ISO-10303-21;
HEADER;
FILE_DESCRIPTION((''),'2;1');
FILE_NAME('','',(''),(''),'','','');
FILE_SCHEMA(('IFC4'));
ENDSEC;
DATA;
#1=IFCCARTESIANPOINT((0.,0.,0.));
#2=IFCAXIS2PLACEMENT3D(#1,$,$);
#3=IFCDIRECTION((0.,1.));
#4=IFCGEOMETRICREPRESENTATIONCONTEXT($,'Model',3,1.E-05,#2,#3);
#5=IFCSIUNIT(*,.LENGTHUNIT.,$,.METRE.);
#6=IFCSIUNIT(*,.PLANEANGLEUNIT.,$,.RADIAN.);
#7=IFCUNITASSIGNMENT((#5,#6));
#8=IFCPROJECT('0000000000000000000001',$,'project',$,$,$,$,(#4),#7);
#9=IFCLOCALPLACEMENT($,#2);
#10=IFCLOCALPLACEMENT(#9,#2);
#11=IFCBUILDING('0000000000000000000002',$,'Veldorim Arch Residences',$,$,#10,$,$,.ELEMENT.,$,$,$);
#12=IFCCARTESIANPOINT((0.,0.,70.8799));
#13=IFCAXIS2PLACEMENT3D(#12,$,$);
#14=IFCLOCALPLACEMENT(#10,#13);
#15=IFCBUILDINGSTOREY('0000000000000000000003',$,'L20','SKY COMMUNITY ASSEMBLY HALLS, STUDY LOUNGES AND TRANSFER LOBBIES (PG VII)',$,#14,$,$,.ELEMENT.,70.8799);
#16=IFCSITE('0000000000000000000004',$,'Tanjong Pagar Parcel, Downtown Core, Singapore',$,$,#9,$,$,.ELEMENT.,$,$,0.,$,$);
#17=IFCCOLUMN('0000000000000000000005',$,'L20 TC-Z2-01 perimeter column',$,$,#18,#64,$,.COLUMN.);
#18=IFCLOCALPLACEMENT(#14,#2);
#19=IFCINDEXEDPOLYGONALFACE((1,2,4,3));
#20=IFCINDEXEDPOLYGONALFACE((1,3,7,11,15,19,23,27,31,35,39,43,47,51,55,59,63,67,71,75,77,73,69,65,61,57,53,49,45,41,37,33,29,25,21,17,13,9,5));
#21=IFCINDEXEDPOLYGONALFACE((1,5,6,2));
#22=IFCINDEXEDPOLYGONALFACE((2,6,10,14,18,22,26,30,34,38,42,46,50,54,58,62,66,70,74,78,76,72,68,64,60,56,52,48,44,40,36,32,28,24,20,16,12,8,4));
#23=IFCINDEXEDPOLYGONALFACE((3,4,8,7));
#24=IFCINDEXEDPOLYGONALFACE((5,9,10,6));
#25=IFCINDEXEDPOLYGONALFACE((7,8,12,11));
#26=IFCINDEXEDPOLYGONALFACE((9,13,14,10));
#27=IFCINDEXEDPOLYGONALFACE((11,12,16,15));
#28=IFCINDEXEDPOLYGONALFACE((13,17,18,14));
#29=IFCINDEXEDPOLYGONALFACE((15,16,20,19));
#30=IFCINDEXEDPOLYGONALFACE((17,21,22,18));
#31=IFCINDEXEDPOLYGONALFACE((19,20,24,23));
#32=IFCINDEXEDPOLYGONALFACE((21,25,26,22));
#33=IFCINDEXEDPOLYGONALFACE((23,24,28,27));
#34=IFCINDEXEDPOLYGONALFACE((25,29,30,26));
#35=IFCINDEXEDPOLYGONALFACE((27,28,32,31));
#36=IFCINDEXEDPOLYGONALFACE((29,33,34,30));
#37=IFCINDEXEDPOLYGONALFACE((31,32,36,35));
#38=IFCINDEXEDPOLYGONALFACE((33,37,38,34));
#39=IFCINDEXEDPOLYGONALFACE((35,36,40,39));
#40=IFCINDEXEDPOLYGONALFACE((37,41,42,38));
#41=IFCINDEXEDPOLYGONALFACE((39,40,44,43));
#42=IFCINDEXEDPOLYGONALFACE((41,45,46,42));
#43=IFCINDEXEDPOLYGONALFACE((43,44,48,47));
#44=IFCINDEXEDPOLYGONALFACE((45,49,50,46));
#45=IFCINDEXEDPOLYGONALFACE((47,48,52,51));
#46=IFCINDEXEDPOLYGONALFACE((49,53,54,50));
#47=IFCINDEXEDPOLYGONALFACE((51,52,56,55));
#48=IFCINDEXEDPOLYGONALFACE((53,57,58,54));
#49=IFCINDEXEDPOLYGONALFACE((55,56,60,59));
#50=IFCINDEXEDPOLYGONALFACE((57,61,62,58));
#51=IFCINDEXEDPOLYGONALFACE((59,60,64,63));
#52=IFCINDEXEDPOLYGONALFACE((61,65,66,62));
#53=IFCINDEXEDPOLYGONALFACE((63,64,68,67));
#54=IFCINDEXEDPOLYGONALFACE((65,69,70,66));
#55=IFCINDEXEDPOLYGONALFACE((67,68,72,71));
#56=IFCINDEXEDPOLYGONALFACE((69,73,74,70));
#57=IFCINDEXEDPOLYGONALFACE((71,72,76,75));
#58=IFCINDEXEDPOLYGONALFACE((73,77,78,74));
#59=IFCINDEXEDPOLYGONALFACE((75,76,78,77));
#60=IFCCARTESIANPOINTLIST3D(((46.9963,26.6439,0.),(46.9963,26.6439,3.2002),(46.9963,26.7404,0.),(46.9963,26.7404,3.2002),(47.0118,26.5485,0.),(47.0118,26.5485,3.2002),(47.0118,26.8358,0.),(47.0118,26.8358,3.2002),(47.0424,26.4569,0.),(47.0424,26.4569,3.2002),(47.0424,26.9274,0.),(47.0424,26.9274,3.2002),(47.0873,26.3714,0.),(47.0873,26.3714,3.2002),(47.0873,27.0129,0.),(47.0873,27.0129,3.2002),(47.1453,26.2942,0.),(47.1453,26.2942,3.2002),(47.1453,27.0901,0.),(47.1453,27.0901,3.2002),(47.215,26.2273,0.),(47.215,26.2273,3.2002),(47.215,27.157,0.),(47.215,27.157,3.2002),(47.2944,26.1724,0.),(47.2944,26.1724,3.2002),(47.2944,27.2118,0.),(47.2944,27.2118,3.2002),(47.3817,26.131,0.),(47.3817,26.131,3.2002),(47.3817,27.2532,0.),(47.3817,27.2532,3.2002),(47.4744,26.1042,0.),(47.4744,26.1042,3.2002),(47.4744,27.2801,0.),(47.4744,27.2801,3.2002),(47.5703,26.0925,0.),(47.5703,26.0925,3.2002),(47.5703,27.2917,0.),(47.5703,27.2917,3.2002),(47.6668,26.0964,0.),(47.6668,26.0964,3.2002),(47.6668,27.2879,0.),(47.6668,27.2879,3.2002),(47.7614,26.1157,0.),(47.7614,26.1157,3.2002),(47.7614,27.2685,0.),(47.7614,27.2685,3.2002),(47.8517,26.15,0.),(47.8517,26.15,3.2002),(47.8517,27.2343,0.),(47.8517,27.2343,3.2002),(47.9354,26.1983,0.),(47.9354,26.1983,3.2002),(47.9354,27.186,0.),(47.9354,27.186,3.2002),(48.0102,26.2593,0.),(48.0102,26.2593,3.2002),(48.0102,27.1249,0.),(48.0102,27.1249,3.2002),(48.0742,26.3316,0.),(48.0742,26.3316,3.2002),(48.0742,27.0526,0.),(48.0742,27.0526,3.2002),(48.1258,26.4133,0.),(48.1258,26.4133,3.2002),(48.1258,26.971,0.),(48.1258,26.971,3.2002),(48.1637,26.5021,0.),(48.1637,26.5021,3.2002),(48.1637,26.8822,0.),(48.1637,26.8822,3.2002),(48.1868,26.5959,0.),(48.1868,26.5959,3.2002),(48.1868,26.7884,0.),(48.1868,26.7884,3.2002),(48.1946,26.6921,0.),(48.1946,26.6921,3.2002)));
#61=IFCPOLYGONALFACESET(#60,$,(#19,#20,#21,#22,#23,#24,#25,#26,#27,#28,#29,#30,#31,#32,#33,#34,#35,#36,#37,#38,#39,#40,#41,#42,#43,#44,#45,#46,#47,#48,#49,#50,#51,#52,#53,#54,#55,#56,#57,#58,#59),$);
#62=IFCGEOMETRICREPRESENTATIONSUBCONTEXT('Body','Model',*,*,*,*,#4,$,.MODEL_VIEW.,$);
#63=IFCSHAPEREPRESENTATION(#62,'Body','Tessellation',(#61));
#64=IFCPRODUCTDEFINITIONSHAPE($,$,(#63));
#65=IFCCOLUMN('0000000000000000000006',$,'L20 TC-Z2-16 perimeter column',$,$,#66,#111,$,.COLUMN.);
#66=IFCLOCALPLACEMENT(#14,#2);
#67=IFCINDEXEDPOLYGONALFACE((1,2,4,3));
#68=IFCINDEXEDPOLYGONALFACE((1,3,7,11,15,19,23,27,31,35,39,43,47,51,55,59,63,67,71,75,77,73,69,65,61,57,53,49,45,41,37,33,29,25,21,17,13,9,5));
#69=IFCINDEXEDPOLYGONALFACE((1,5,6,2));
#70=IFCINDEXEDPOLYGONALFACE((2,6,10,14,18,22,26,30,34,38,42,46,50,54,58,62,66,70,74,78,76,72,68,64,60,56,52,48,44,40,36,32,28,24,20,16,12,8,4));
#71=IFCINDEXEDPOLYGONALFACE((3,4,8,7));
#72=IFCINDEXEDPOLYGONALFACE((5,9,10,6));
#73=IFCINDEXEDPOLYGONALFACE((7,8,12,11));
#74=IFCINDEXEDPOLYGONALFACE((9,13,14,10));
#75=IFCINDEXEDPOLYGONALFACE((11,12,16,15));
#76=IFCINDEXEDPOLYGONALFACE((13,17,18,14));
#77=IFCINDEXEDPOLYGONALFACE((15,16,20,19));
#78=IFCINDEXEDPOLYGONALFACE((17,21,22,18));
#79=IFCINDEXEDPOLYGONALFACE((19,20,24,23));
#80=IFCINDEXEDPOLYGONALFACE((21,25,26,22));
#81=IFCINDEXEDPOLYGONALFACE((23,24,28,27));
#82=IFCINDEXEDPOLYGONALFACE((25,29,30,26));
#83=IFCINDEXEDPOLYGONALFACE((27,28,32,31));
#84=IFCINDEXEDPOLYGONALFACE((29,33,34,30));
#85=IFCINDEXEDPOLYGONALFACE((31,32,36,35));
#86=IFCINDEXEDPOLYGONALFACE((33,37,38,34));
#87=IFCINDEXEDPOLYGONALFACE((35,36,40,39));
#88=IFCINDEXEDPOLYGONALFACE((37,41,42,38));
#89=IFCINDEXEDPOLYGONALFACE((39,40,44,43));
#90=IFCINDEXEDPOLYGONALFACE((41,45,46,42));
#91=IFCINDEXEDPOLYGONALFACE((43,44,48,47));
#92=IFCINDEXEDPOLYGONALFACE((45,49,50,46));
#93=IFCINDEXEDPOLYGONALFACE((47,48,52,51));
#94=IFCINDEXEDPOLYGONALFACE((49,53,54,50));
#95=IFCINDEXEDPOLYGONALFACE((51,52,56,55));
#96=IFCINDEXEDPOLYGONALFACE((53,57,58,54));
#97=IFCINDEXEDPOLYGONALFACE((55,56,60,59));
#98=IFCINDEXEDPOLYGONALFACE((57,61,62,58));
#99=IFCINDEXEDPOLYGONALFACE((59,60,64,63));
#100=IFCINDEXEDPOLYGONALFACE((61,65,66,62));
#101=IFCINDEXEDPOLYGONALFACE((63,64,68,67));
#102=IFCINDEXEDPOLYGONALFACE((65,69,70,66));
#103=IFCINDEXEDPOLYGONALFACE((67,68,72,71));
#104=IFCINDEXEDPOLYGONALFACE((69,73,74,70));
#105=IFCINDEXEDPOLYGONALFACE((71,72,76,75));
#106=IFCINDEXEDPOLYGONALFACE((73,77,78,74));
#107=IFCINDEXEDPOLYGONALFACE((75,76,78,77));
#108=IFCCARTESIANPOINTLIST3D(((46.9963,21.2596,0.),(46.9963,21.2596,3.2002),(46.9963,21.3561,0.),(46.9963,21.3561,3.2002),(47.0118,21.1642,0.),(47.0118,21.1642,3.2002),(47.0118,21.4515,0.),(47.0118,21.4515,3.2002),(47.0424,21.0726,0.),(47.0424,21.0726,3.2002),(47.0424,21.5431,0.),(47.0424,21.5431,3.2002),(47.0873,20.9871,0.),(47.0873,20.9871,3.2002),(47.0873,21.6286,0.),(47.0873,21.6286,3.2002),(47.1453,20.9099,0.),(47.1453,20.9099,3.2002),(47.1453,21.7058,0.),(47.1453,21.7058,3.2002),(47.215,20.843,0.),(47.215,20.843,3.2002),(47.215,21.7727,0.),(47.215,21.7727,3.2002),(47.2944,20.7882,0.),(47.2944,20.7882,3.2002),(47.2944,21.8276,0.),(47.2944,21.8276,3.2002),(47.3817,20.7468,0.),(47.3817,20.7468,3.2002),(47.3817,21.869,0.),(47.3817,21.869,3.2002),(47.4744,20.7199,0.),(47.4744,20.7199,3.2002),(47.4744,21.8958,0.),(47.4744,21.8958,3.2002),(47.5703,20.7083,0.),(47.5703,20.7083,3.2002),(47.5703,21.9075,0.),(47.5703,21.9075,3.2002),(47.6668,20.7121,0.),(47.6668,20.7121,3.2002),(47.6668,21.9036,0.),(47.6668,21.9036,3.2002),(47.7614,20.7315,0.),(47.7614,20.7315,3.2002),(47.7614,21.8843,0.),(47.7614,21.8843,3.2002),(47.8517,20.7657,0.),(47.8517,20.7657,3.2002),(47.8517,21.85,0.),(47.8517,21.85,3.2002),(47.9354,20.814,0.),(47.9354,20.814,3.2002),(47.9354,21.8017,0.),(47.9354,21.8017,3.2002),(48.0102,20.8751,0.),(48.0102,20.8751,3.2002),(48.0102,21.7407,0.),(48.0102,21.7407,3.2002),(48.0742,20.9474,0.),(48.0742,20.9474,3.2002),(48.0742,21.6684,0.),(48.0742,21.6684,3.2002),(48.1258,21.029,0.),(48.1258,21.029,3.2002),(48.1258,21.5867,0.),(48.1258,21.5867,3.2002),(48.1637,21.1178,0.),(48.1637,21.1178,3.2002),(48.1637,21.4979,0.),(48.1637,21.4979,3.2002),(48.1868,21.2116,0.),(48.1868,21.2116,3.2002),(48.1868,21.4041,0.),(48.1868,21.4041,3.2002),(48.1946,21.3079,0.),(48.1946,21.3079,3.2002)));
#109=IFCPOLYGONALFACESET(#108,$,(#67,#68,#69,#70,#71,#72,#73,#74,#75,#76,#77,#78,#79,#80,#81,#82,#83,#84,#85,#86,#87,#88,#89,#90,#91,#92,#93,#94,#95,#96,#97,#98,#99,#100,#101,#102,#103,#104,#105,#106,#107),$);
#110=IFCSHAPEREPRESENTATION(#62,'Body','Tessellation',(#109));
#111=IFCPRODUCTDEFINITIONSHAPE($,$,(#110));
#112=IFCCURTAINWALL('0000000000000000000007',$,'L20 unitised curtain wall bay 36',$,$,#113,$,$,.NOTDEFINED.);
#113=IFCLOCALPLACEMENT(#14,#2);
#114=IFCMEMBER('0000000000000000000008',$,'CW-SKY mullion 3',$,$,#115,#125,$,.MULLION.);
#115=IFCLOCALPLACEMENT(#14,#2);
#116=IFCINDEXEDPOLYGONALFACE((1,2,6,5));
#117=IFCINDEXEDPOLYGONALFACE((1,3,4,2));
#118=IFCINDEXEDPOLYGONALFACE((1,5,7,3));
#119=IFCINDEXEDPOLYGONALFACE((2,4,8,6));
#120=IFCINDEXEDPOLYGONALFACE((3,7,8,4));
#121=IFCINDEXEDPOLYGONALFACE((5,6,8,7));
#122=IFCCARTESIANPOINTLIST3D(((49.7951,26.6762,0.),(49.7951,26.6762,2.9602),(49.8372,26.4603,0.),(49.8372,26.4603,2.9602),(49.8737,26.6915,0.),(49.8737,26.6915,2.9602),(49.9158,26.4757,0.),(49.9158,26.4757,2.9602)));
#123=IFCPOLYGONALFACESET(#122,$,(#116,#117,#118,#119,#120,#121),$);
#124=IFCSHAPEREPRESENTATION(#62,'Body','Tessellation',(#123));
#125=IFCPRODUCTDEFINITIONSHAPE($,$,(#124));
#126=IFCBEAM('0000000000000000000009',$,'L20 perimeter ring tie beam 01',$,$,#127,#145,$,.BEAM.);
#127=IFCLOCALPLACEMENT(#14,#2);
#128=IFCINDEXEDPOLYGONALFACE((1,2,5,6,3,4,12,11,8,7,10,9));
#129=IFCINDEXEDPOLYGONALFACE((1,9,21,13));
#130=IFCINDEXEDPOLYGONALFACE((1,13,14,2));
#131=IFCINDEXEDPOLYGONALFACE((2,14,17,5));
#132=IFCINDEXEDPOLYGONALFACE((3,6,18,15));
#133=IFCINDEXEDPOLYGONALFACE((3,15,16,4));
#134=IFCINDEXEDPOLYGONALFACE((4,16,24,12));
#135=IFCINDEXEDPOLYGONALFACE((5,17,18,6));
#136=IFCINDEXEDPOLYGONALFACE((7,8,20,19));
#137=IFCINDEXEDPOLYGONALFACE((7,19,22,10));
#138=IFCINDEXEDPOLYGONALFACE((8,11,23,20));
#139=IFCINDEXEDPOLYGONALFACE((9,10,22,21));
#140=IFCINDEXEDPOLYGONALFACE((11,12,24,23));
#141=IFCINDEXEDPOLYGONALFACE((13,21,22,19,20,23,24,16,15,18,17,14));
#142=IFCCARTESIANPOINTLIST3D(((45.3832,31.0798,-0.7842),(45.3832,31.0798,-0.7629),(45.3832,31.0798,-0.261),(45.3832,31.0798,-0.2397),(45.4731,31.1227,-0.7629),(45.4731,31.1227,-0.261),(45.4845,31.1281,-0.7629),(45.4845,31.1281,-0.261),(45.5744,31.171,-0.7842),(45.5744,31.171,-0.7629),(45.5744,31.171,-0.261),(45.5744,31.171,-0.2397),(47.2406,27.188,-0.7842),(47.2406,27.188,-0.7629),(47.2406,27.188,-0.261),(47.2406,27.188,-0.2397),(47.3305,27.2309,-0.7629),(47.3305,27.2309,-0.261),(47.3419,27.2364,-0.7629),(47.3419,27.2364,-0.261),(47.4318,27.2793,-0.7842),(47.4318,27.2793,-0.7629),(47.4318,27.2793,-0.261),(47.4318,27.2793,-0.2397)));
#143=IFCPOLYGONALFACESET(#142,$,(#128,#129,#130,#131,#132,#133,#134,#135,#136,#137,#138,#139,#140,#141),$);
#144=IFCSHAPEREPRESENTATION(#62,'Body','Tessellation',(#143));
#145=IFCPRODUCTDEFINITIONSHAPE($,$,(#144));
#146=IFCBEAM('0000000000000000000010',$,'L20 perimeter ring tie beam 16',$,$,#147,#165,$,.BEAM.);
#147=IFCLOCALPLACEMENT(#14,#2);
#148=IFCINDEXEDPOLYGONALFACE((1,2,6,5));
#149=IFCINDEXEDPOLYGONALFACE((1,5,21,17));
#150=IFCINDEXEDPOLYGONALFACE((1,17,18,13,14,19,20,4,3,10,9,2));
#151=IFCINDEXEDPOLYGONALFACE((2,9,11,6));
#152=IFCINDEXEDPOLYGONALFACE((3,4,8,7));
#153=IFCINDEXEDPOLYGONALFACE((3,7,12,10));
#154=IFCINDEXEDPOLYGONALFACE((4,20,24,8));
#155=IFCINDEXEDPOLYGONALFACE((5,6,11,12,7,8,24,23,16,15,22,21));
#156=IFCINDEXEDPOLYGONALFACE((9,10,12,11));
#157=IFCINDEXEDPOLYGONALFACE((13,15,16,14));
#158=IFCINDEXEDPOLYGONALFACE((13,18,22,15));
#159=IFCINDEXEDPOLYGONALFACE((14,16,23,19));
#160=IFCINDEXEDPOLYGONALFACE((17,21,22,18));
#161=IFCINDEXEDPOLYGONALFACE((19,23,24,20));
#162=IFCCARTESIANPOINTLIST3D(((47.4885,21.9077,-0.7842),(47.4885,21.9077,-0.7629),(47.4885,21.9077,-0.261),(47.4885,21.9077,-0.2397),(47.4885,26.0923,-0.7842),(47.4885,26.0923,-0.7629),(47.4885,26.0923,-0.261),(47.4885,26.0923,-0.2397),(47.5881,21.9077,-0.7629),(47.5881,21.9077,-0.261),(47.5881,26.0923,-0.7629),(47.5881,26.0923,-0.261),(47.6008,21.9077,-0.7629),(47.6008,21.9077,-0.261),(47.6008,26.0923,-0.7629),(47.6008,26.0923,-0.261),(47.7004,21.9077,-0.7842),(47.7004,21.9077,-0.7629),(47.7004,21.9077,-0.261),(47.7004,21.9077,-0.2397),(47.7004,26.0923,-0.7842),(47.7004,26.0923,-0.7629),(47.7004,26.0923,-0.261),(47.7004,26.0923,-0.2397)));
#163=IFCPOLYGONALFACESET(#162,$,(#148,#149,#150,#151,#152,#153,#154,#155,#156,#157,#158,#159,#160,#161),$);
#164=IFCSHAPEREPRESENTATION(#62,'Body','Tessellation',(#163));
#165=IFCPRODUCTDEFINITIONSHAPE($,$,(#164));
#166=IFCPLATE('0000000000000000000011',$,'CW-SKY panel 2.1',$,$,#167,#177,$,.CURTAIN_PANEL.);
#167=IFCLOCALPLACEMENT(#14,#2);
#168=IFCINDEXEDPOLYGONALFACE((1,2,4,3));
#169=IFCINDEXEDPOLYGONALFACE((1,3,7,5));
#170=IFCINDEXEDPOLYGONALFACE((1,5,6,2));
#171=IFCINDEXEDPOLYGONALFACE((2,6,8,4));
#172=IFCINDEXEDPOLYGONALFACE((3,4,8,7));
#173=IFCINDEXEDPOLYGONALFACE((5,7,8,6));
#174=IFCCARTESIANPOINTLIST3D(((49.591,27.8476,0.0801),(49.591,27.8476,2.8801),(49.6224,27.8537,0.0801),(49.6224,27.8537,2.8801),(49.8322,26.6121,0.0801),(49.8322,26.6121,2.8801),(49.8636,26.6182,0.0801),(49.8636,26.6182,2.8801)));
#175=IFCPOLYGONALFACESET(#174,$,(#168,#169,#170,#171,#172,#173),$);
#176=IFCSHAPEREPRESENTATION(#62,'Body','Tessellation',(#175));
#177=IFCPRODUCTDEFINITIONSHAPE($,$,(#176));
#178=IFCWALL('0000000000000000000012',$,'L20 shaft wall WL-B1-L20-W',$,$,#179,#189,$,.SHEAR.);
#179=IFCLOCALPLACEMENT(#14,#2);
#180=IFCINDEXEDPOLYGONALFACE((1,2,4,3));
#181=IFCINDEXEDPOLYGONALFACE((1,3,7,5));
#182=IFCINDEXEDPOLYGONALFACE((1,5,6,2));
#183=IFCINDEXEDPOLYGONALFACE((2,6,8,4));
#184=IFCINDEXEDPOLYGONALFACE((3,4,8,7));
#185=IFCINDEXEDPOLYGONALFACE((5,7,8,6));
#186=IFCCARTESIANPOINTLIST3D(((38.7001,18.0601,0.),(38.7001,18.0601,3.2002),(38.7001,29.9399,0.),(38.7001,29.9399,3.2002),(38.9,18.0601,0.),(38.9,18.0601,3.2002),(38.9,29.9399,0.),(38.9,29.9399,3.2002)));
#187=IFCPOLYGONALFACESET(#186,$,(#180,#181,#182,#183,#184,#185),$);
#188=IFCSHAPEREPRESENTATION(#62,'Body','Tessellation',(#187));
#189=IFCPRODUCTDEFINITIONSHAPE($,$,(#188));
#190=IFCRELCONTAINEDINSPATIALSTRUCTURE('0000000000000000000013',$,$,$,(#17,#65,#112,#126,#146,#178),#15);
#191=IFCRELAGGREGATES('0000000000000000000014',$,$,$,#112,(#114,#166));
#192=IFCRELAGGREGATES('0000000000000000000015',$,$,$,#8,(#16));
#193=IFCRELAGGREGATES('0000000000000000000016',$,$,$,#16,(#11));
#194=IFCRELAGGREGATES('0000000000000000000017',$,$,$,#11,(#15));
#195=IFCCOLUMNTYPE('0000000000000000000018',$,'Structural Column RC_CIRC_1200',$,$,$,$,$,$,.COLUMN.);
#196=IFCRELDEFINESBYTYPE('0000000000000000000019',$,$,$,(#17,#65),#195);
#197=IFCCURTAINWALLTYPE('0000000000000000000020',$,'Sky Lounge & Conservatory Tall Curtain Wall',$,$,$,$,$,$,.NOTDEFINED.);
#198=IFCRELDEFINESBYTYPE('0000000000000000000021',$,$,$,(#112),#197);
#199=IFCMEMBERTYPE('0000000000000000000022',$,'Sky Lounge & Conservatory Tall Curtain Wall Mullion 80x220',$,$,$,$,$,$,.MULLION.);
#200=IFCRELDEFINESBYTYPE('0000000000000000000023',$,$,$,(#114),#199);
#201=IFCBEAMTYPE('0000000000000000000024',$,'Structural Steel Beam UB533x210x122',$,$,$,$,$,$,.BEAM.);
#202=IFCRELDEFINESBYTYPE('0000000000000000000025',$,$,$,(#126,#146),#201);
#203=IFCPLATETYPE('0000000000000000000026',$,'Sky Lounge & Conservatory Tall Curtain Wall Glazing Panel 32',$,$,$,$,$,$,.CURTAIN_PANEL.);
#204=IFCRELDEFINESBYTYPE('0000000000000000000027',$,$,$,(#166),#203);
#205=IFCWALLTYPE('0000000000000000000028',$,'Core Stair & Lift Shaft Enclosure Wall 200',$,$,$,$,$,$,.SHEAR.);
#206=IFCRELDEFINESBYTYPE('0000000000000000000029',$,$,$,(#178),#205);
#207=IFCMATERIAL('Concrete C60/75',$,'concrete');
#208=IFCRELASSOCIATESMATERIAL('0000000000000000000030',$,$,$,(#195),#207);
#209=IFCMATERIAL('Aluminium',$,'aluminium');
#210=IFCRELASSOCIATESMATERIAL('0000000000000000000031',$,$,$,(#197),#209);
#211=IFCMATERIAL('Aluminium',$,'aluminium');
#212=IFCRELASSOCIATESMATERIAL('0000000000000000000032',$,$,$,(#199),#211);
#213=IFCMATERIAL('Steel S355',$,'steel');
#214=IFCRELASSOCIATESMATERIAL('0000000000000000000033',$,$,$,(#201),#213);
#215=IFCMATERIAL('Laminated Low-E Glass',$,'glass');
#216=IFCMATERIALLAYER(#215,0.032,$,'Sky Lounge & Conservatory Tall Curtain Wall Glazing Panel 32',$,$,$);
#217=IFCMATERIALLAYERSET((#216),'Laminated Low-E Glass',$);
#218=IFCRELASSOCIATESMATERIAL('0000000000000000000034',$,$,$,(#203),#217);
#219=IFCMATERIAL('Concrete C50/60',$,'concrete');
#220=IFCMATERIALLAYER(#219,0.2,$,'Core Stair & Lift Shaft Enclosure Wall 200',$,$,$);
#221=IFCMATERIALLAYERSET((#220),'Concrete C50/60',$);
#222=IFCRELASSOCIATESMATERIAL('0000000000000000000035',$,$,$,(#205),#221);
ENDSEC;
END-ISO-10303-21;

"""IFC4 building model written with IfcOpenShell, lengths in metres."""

from ifc_helpers import new_model, si_unit, direction, frame, frame_2d, origin, origin_2d, place, context, subcontext, project, spatial, rectangle, circle, i_section, extrude, material, layer, layer_set, material_profile, profile_set, type_object, element, aggregate, save


model = new_model("IFC4")

# Units and contexts
model_context = context("Model", 3, precision=1e-05, world=origin(), true_north=direction((0.0, 1.0)))
body_context = subcontext(model_context, "Body", "Model", "MODEL_VIEW")
ifc_project = project(units=[si_unit("LENGTHUNIT", "METRE"), si_unit("PLANEANGLEUNIT", "RADIAN")], contexts=[model_context])

# Site, building, storey
site_placement = place(None, origin())
site = spatial("IfcSite", under=ifc_project, at=site_placement, Name="Tanjong Pagar Parcel, Downtown Core, Singapore", CompositionType="ELEMENT", RefElevation=0.0)
building_placement = place(site_placement, origin())
building = spatial("IfcBuilding", under=site, at=building_placement, Name="Veldorim Arch Residences", CompositionType="ELEMENT")
storey_placement = place(building_placement, frame((0.0, 0.0, 70.8799)))
storey = spatial("IfcBuildingStorey", under=building, at=storey_placement, Name="L20", Description="SKY COMMUNITY ASSEMBLY HALLS, STUDY LOUNGES AND TRANSFER LOBBIES (PG VII)", CompositionType="ELEMENT", Elevation=70.8799)

# Columns
ifc_material_1 = material(Name="Concrete C60/75", Category="concrete")
ifc_material_profile_1 = material_profile(ifc_material_1, circle(Radius=0.6001, at=origin_2d()), Name="RC_CIRC_1200")
ifc_profile_set_1 = profile_set([ifc_material_profile_1], Name="Concrete C60/75")
column_type = type_object("IfcColumnType", Name="Structural Column RC_CIRC_1200", PredefinedType="COLUMN", material=ifc_profile_set_1)
for number, where, z_axis, x_axis, name in (
    (1, (47.5945, 26.6921, 0.0), (0.0, 0.0, 1.0), (1.0, 0.0, 0.0), "L20 TC-Z2-01 perimeter column"),
    (2, (47.5945, 21.3079, 0.0), (0.0, 0.0, 1.0), (1.0, 0.0, 0.0), "L20 TC-Z2-16 perimeter column"),
):
    element("IfcColumn", number, at=place(storey_placement, frame(where, z_axis=z_axis, x_axis=x_axis)), inside=storey, type_object=column_type, Name=name, PredefinedType="COLUMN", context=body_context, shape_type="SweptSolid", body=[
        extrude(circle(Radius=0.6001, at=origin_2d()), origin(), (0.0, 0.0, 1.0), 3.2002),
    ])

# Curtain wall, member
ifc_material_2 = material(Name="Aluminium", Category="aluminium")
curtain_wall_type = type_object("IfcCurtainWallType", Name="Sky Lounge & Conservatory Tall Curtain Wall", PredefinedType="NOTDEFINED", material=ifc_material_2)
curtain_wall_placement = place(storey_placement, origin())
curtain_wall = element("IfcCurtainWall", 3, at=curtain_wall_placement, inside=storey, type_object=curtain_wall_type, Name="L20 unitised curtain wall bay 36", PredefinedType="NOTDEFINED")
ifc_material_3 = material(Name="Aluminium", Category="aluminium")
ifc_material_profile_2 = material_profile(ifc_material_3, rectangle(XDim=0.0801, YDim=0.22, at=origin_2d()), Name="ALU_MUL_80x220")
ifc_profile_set_2 = profile_set([ifc_material_profile_2], Name="Aluminium")
member_type = type_object("IfcMemberType", Name="Sky Lounge & Conservatory Tall Curtain Wall Mullion 80x220", PredefinedType="MULLION", material=ifc_profile_set_2)
member_placement = place(storey_placement, frame((49.8555, 26.5759, 0.0), z_axis=(0.0, 0.0, 1.0), x_axis=(0.981477, 0.191581, 0.0)))
member = element("IfcMember", 4, at=member_placement, type_object=member_type, Name="CW-SKY mullion 3", PredefinedType="MULLION", context=body_context, shape_type="SweptSolid", body=[
    extrude(rectangle(XDim=0.0801, YDim=0.22, at=origin_2d()), origin(), (0.0, 0.0, 1.0), 2.9602),
])

# Beams
ifc_material_4 = material(Name="Steel S355", Category="steel")
ifc_material_profile_3 = material_profile(ifc_material_4, i_section(OverallWidth=0.2119, OverallDepth=0.5444, WebThickness=0.0127, FlangeThickness=0.0212, at=origin_2d()), Name="UB533x210x122")
ifc_profile_set_3 = profile_set([ifc_material_profile_3], Name="Steel S355")
beam_type = type_object("IfcBeamType", Name="Structural Steel Beam UB533x210x122", PredefinedType="BEAM", material=ifc_profile_set_3)
beam_1_placement = place(storey_placement, frame((47.3362, 27.2336, -0.512), z_axis=(-0.43072, 0.902486, 0.0), x_axis=(-0.902486, -0.43072, 0.0)))
element("IfcBeam", 5, at=beam_1_placement, inside=storey, type_object=beam_type, Name="L20 perimeter ring tie beam 01", PredefinedType="BEAM", context=body_context, shape_type="SweptSolid", body=[
    extrude(i_section(OverallWidth=0.2119, OverallDepth=0.5444, WebThickness=0.0127, FlangeThickness=0.0212, at=origin_2d()), origin(), (0.0, 0.0, 1.0), 4.3123),
])
beam_2_placement = place(storey_placement, frame((47.5945, 21.9077, -0.512), z_axis=(0.0, 1.0, 0.0), x_axis=(-1.0, 0.0, 0.0)))
element("IfcBeam", 6, at=beam_2_placement, inside=storey, type_object=beam_type, Name="L20 perimeter ring tie beam 16", PredefinedType="BEAM", context=body_context, shape_type="SweptSolid", body=[
    extrude(i_section(OverallWidth=0.2119, OverallDepth=0.5444, WebThickness=0.0127, FlangeThickness=0.0212, at=origin_2d()), origin(), (0.0, 0.0, 1.0), 4.1846),
])

# Plate
ifc_material_5 = material(Name="Laminated Low-E Glass", Category="glass")
ifc_layer_1 = layer(ifc_material_5, 0.032, Name="Sky Lounge & Conservatory Tall Curtain Wall Glazing Panel 32")
ifc_layer_set_1 = layer_set([ifc_layer_1], Name="Laminated Low-E Glass")
plate_type = type_object("IfcPlateType", Name="Sky Lounge & Conservatory Tall Curtain Wall Glazing Panel 32", PredefinedType="CURTAIN_PANEL", material=ifc_layer_set_1)
plate_placement = place(storey_placement, frame((49.7273, 27.2329, 0.0801), z_axis=(0.0, 0.0, 1.0), x_axis=(0.191581, -0.981477, 0.0)))
plate = element("IfcPlate", 7, at=plate_placement, type_object=plate_type, Name="CW-SKY panel 2.1", PredefinedType="CURTAIN_PANEL", context=body_context, shape_type="SweptSolid", body=[
    extrude(rectangle(XDim=1.2588, YDim=0.032, at=origin_2d()), origin(), (0.0, 0.0, 1.0), 2.8),
])
aggregate(curtain_wall, [member, plate])

# Wall
ifc_material_6 = material(Name="Concrete C50/60", Category="concrete")
ifc_layer_2 = layer(ifc_material_6, 0.2, Name="Core Stair & Lift Shaft Enclosure Wall 200")
ifc_layer_set_2 = layer_set([ifc_layer_2], Name="Concrete C50/60")
wall_type_1 = type_object("IfcWallType", Name="Core Stair & Lift Shaft Enclosure Wall 200", PredefinedType="SHEAR", material=ifc_layer_set_2)
wall_1_placement = place(storey_placement, frame((38.8, 18.0601, 0.0), z_axis=(0.0, 0.0, 1.0), x_axis=(0.0, 1.0, 0.0)))
element("IfcWall", 8, at=wall_1_placement, inside=storey, type_object=wall_type_1, Name="L20 shaft wall WL-B1-L20-W", PredefinedType="SHEAR", context=body_context, shape_type="SweptSolid", body=[
    extrude(rectangle(XDim=11.8799, YDim=0.2, at=frame_2d((5.9399, 0.0))), origin(), (0.0, 0.0, 1.0), 3.2002),
])

save(model, "model.ifc")
